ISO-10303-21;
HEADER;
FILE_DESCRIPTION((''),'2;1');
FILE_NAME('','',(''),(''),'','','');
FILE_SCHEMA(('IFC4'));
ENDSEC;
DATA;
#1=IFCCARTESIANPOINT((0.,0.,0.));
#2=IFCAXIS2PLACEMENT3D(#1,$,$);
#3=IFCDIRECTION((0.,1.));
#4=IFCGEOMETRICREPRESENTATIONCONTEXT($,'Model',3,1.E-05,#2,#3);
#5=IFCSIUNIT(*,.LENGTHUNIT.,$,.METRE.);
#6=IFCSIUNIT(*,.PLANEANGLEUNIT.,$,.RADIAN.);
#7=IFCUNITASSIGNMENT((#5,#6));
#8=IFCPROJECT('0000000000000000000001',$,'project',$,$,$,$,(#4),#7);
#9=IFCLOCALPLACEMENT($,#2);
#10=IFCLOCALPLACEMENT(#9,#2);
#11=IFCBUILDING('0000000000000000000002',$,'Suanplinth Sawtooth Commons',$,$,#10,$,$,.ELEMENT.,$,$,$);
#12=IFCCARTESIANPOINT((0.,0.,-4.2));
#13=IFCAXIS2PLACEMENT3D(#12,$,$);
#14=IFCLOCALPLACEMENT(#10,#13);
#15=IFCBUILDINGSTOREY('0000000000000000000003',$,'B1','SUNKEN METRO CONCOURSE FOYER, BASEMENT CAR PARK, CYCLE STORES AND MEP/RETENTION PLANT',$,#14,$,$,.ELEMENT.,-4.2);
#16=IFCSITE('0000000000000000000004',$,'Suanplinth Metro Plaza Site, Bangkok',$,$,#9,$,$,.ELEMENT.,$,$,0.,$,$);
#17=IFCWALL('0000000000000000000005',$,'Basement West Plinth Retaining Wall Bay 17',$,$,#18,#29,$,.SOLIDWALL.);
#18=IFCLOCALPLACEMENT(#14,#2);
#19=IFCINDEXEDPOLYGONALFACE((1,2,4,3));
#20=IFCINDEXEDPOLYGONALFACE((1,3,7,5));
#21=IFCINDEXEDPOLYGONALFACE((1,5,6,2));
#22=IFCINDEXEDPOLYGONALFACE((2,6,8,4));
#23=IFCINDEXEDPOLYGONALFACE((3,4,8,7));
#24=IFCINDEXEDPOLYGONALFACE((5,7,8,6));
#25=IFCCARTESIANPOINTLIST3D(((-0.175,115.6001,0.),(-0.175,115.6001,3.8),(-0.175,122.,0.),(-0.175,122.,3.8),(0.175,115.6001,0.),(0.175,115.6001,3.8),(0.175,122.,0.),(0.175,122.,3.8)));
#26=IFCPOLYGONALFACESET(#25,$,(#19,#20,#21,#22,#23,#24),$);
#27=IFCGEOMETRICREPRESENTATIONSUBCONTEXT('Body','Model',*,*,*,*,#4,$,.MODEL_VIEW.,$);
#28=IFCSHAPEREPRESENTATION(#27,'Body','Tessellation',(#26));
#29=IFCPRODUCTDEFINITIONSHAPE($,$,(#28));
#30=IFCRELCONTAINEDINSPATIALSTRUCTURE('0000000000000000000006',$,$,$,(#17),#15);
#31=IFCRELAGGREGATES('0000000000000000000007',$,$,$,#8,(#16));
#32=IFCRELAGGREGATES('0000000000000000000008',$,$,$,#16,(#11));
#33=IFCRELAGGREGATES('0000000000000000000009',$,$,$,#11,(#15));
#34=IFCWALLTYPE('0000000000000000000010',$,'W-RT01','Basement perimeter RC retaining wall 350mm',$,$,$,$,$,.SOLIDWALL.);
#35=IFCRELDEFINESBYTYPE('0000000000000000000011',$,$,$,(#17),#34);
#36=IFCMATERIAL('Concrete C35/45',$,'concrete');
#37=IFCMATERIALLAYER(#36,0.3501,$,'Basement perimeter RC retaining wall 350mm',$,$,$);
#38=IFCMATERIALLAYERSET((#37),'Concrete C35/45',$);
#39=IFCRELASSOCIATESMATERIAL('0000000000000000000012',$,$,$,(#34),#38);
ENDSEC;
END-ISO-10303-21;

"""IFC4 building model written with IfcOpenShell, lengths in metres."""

from ifc_helpers import new_model, si_unit, direction, frame, frame_2d, origin, place, context, subcontext, project, spatial, rectangle, extrude, material, layer, layer_set, type_object, element, save


model = new_model("IFC4")

# Units and contexts
model_context = context("Model", 3, precision=1e-05, world=origin(), true_north=direction((0.0, 1.0)))
body_context = subcontext(model_context, "Body", "Model", "MODEL_VIEW")
ifc_project = project(units=[si_unit("LENGTHUNIT", "METRE"), si_unit("PLANEANGLEUNIT", "RADIAN")], contexts=[model_context])

# Site, building, storey
site_placement = place(None, origin())
site = spatial("IfcSite", under=ifc_project, at=site_placement, Name="Suanplinth Metro Plaza Site, Bangkok", CompositionType="ELEMENT", RefElevation=0.0)
building_placement = place(site_placement, origin())
building = spatial("IfcBuilding", under=site, at=building_placement, Name="Suanplinth Sawtooth Commons", CompositionType="ELEMENT")
storey_placement = place(building_placement, frame((0.0, 0.0, -4.2)))
storey = spatial("IfcBuildingStorey", under=building, at=storey_placement, Name="B1", Description="SUNKEN METRO CONCOURSE FOYER, BASEMENT CAR PARK, CYCLE STORES AND MEP/RETENTION PLANT", CompositionType="ELEMENT", Elevation=-4.2)

# Shared definitions
ifc_material_1 = material(Name="Concrete C35/45", Category="concrete")

# Wall
ifc_layer = layer(ifc_material_1, 0.3501, Name="Basement perimeter RC retaining wall 350mm")
ifc_layer_set = layer_set([ifc_layer], Name="Concrete C35/45")
wall_type = type_object("IfcWallType", Name="W-RT01", Description="Basement perimeter RC retaining wall 350mm", PredefinedType="SOLIDWALL", material=ifc_layer_set)
wall_1_placement = place(storey_placement, frame((0.0, 115.6001, 0.0), z_axis=(0.0, 0.0, 1.0), x_axis=(0.0, 1.0, 0.0)))
element("IfcWall", 1, at=wall_1_placement, inside=storey, type_object=wall_type, Name="Basement West Plinth Retaining Wall Bay 17", PredefinedType="SOLIDWALL", context=body_context, shape_type="SweptSolid", body=[
    extrude(rectangle(XDim=6.3999, YDim=0.3501, at=frame_2d((3.2, 0.0))), origin(), (0.0, 0.0, 1.0), 3.8),
])

save(model, "model.ifc")
